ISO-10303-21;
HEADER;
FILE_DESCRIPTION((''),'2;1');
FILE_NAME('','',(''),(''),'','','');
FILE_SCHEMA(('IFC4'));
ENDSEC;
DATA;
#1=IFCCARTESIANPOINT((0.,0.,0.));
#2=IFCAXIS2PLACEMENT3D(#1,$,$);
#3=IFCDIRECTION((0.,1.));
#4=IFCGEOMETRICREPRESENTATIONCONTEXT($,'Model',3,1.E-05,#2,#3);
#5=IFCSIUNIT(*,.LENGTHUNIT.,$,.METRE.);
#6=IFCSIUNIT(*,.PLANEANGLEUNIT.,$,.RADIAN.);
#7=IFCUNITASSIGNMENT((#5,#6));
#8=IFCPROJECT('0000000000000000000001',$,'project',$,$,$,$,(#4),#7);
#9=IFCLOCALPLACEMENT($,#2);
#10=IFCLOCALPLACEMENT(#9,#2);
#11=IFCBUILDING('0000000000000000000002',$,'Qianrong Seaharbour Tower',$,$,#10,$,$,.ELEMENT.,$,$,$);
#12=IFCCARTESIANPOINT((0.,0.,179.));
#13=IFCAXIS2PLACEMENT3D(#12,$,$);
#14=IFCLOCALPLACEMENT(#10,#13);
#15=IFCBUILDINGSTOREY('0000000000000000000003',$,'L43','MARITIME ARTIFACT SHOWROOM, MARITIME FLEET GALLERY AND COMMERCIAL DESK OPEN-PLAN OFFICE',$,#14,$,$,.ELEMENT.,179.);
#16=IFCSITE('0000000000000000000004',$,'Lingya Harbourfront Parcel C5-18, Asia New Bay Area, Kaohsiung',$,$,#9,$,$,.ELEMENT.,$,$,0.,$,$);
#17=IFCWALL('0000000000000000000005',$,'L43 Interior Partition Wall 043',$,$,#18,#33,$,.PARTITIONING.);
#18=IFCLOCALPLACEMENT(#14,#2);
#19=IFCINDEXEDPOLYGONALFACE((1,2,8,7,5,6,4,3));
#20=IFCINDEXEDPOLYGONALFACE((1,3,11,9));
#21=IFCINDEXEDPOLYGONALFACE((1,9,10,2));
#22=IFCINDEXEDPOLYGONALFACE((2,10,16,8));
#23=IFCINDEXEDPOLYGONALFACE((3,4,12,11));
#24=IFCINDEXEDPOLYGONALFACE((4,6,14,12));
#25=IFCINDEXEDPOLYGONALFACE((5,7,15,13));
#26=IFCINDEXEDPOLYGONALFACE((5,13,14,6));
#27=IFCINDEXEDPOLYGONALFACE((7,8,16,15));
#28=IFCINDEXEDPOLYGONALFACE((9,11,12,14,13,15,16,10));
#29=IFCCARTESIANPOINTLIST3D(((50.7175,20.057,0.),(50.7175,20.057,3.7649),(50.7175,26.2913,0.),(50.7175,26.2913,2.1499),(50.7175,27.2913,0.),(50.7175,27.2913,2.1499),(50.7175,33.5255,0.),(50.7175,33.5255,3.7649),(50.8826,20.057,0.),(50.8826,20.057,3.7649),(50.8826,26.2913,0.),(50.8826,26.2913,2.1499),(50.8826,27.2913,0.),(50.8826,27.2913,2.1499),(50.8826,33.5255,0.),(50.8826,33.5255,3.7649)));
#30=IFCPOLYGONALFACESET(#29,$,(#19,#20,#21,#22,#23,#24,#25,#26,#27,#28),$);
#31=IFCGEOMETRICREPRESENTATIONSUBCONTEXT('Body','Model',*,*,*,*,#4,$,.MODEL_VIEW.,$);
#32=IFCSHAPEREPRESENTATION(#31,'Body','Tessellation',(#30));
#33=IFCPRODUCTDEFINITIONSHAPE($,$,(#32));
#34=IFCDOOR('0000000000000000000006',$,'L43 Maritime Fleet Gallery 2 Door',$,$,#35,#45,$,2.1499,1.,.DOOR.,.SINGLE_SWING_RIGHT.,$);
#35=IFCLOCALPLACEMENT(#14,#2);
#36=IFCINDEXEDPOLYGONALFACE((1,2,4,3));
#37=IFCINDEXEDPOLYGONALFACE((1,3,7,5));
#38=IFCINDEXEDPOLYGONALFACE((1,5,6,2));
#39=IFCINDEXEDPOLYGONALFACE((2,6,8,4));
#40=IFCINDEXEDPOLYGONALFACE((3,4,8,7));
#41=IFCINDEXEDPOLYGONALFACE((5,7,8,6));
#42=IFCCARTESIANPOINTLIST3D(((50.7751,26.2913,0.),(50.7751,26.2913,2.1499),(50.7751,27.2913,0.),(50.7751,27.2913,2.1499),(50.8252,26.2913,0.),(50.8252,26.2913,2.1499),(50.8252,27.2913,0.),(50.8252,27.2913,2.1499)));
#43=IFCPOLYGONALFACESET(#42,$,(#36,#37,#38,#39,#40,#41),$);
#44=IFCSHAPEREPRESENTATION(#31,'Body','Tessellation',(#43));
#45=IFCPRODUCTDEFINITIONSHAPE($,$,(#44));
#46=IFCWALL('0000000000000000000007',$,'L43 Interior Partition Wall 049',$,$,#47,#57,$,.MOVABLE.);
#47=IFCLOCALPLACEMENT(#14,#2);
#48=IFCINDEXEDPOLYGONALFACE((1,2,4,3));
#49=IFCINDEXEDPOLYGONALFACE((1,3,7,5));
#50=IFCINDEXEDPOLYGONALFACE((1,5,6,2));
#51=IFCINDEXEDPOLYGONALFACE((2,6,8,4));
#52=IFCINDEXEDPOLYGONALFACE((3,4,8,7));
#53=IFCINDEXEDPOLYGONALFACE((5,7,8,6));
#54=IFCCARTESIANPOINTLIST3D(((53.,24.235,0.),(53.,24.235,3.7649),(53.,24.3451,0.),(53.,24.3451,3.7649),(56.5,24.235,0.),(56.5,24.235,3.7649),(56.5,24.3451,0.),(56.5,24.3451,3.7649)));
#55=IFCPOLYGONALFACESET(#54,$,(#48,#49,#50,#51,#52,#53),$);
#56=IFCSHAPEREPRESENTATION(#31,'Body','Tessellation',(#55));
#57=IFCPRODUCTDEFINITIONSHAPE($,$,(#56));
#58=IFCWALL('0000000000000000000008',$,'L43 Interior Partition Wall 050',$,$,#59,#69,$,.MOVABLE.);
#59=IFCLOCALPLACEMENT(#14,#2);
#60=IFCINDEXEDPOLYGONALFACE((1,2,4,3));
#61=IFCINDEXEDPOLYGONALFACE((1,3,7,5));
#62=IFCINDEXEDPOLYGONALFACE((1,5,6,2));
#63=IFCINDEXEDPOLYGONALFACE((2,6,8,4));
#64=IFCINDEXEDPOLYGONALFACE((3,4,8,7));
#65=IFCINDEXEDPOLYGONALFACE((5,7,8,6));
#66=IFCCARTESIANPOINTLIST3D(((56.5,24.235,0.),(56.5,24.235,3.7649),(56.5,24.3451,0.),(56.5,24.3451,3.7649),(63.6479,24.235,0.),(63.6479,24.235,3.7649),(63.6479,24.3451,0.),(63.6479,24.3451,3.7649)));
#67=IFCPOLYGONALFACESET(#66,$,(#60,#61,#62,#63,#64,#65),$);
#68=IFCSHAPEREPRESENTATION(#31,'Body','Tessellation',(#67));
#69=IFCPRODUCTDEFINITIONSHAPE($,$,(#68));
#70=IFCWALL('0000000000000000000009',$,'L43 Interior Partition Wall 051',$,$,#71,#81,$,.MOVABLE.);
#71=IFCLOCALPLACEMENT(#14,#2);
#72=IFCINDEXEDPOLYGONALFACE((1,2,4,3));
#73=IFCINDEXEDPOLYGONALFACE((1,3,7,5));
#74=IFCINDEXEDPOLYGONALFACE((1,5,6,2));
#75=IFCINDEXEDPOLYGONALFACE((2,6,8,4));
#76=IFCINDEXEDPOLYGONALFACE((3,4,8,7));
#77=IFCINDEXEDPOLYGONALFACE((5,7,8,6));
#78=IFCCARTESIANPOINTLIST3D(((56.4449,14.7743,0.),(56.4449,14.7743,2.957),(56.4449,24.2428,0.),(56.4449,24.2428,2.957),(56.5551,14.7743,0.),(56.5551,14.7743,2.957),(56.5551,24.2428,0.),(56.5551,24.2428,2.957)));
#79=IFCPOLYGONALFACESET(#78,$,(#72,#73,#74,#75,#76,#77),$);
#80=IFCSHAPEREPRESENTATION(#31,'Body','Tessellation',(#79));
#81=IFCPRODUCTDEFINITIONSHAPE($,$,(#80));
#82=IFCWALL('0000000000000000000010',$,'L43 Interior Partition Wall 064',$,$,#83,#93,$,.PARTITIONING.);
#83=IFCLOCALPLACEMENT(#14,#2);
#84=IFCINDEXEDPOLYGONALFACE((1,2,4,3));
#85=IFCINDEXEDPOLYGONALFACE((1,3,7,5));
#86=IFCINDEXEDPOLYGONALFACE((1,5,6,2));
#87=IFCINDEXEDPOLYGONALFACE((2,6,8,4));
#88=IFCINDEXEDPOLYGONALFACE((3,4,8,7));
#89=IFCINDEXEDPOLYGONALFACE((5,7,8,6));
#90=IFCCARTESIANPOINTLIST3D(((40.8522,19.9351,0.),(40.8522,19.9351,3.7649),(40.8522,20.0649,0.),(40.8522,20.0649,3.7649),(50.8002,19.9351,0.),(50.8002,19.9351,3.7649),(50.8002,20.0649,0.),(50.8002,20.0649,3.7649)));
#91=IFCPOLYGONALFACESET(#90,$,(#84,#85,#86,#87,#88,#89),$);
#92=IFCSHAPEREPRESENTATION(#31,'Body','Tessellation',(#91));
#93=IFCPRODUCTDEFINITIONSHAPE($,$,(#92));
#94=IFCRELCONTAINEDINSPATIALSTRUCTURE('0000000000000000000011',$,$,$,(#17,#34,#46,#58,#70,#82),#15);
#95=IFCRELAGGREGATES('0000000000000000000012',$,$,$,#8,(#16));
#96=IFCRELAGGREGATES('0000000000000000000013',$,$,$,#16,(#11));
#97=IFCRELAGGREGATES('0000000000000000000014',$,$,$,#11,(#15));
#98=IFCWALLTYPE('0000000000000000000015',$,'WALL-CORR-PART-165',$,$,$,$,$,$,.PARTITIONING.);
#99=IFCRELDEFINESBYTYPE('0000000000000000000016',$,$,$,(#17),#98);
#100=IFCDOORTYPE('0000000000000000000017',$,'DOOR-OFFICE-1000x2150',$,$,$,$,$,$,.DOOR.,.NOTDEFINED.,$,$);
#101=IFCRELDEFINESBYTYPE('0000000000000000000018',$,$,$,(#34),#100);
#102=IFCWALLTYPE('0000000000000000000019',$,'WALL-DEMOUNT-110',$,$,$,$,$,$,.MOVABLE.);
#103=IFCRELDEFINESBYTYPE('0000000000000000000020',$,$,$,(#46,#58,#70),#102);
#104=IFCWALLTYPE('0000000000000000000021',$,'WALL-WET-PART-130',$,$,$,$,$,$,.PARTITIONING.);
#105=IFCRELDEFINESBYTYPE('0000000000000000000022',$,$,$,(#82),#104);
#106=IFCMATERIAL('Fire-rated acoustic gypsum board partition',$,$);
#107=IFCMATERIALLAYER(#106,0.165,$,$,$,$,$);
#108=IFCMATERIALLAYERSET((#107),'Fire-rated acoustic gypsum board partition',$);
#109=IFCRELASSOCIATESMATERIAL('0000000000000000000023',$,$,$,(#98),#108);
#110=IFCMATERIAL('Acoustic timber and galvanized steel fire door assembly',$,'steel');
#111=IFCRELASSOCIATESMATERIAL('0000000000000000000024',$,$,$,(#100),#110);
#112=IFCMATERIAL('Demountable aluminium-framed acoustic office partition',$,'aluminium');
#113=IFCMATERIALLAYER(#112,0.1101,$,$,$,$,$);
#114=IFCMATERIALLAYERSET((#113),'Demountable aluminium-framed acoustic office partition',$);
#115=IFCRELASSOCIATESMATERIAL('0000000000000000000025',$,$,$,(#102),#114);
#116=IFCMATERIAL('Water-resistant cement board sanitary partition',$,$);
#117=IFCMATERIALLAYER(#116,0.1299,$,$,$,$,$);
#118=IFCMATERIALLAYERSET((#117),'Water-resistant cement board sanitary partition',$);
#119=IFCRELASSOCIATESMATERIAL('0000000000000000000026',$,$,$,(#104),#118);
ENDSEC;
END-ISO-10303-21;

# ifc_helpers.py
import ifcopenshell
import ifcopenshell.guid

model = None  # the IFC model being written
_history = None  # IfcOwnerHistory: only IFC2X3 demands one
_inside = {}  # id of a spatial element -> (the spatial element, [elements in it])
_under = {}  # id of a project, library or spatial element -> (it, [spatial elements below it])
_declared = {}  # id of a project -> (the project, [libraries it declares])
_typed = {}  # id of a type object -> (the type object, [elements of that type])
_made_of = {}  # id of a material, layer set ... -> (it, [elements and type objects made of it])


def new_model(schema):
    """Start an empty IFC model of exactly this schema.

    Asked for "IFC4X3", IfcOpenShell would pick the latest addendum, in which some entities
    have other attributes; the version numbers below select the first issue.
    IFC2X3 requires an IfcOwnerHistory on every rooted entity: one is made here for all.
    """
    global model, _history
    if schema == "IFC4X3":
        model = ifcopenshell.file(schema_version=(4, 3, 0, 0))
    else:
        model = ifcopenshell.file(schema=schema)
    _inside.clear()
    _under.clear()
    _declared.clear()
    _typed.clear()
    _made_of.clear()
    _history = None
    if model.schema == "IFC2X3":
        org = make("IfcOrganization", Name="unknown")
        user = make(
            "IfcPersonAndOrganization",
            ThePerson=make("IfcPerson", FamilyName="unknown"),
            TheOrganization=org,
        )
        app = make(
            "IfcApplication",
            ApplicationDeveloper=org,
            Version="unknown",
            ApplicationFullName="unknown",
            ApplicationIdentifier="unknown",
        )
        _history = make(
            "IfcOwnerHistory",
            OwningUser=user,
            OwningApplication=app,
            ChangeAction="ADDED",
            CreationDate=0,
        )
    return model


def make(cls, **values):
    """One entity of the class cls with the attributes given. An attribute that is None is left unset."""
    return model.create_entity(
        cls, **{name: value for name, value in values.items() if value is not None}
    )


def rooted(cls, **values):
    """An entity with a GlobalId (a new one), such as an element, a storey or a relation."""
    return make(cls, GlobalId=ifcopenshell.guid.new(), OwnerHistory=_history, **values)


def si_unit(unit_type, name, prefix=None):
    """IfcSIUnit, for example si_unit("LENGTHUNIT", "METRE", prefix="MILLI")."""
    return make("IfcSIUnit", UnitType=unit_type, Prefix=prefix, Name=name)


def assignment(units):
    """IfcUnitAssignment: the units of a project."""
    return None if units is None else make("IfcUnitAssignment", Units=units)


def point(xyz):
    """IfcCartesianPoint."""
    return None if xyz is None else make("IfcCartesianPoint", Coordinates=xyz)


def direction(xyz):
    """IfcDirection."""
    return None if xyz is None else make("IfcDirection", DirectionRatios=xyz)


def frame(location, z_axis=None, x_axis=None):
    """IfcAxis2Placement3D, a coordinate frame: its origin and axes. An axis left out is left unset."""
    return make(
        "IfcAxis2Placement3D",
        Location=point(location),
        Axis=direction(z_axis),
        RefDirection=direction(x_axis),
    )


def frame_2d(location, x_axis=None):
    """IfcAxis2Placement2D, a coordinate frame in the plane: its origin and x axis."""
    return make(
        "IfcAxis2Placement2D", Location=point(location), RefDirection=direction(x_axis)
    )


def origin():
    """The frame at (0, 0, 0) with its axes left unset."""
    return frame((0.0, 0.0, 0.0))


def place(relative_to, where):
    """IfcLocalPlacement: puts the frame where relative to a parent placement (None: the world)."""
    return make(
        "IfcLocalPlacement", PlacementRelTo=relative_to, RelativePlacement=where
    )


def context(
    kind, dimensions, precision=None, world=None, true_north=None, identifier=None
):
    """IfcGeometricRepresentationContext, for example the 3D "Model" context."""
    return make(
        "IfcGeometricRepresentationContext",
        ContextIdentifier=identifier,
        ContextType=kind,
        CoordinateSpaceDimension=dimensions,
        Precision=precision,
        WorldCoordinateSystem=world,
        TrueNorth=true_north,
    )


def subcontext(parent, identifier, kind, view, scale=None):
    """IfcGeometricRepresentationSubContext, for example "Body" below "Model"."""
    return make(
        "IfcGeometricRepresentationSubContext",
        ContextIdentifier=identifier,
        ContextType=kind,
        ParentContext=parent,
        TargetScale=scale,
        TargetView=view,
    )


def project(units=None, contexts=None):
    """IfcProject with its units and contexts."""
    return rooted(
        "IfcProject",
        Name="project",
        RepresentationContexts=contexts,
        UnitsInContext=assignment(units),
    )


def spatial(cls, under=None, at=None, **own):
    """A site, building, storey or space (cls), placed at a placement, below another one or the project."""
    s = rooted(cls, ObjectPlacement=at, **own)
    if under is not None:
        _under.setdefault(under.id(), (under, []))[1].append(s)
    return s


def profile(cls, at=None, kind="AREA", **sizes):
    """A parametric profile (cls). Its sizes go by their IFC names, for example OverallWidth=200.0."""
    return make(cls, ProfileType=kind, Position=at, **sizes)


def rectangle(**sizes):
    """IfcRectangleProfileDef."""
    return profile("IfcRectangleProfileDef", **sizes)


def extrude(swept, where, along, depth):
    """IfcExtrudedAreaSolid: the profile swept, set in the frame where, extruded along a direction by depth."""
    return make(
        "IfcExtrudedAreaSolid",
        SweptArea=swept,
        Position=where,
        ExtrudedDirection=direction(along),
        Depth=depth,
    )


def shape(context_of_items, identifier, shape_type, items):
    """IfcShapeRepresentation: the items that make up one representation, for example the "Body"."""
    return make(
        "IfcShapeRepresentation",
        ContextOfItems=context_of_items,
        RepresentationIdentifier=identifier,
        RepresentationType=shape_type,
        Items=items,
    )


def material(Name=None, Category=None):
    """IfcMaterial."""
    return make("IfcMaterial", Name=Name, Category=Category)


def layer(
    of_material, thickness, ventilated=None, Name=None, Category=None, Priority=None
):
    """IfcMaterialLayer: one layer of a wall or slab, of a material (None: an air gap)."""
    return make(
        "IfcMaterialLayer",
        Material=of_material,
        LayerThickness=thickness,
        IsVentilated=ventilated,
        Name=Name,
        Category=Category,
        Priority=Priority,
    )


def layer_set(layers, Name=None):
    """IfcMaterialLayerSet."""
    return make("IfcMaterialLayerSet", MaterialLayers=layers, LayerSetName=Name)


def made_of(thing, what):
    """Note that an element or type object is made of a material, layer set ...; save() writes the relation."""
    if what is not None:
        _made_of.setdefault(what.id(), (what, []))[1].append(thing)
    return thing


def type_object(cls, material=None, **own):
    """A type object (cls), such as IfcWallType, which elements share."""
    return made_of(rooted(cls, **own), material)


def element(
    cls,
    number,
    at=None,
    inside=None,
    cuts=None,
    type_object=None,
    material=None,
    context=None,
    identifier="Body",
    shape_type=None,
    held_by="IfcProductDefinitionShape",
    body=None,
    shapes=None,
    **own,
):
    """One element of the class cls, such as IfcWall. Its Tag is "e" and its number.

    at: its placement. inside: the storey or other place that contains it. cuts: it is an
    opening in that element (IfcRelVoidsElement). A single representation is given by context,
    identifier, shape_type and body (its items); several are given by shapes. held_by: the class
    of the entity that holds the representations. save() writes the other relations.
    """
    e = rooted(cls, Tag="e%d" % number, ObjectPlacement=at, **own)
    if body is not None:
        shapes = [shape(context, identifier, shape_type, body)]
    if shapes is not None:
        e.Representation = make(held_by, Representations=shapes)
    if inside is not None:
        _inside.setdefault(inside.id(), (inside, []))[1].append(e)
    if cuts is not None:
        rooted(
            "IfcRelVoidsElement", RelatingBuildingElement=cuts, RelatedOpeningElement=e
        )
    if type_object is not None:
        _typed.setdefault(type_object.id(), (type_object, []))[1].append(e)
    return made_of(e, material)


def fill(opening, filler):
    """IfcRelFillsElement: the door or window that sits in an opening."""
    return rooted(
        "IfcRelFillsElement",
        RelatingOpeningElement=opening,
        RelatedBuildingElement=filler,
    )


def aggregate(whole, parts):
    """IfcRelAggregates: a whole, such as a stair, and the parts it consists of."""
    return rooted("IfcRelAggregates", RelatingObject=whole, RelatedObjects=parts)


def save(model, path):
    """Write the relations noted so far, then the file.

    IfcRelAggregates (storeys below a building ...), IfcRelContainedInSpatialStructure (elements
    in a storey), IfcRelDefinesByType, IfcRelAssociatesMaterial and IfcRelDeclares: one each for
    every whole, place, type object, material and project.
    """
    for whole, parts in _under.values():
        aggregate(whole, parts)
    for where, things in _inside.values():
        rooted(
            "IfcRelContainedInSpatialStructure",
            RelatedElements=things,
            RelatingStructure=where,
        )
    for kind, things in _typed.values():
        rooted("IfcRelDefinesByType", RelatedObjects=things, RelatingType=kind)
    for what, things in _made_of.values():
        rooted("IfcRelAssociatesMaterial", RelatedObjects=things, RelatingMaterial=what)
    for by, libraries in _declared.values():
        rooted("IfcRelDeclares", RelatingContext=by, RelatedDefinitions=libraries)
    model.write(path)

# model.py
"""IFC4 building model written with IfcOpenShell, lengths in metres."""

from ifc_helpers import new_model, si_unit, direction, frame, frame_2d, origin, place, context, subcontext, project, spatial, rectangle, extrude, material, layer, layer_set, type_object, element, fill, save


model = new_model("IFC4")

# Units and contexts
model_context = context("Model", 3, precision=1e-05, world=origin(), true_north=direction((0.0, 1.0)))
body_context = subcontext(model_context, "Body", "Model", "MODEL_VIEW")
ifc_project = project(units=[si_unit("LENGTHUNIT", "METRE"), si_unit("PLANEANGLEUNIT", "RADIAN")], contexts=[model_context])

# Site, building, storey
site_placement = place(None, origin())
site = spatial("IfcSite", under=ifc_project, at=site_placement, Name="Lingya Harbourfront Parcel C5-18, Asia New Bay Area, Kaohsiung", CompositionType="ELEMENT", RefElevation=0.0)
building_placement = place(site_placement, origin())
building = spatial("IfcBuilding", under=site, at=building_placement, Name="Qianrong Seaharbour Tower", CompositionType="ELEMENT")
storey_placement = place(building_placement, frame((0.0, 0.0, 179.0)))
storey = spatial("IfcBuildingStorey", under=building, at=storey_placement, Name="L43", Description="MARITIME ARTIFACT SHOWROOM, MARITIME FLEET GALLERY AND COMMERCIAL DESK OPEN-PLAN OFFICE", CompositionType="ELEMENT", Elevation=179.0)

# Shared definitions
ifc_material_1 = material(Name="Fire-rated acoustic gypsum board partition")
ifc_layer_1 = layer(ifc_material_1, 0.165)
ifc_layer_set_1 = layer_set([ifc_layer_1], Name="Fire-rated acoustic gypsum board partition")
wall_type_1 = type_object("IfcWallType", Name="WALL-CORR-PART-165", PredefinedType="PARTITIONING", material=ifc_layer_set_1)

# Wall, opening, door
ifc_material_2 = material(Name="Acoustic timber and galvanized steel fire door assembly", Category="steel")
door_type = type_object("IfcDoorType", Name="DOOR-OFFICE-1000x2150", OperationType="NOTDEFINED", PredefinedType="DOOR", material=ifc_material_2)
wall_1_placement = place(storey_placement, frame((50.8, 20.0569, 0.0), z_axis=(0.0, 0.0, 1.0), x_axis=(0.0, 1.0, 0.0)))
wall_1 = element("IfcWall", 1, at=wall_1_placement, inside=storey, type_object=wall_type_1, Name="L43 Interior Partition Wall 043", PredefinedType="PARTITIONING", context=body_context, shape_type="SweptSolid", body=[
    extrude(rectangle(XDim=13.4685, YDim=0.165, at=frame_2d((6.7344, 0.0))), origin(), (0.0, 0.0, 1.0), 3.7649),
])
opening_1_placement = place(wall_1_placement, frame((6.2344, 0.0, 0.0)))
opening_1 = element("IfcOpeningElement", 2, at=opening_1_placement, cuts=wall_1, PredefinedType="OPENING", context=body_context, shape_type="SweptSolid", body=[
    extrude(rectangle(XDim=1.0, YDim=2.1499, at=frame_2d((0.5, 1.075))), frame((0.0, 0.0925, 0.0), z_axis=(0.0, -1.0, 0.0), x_axis=(1.0, 0.0, 0.0)), (0.0, 0.0, 1.0), 0.1851),
])
door_1_placement = place(opening_1_placement, origin())
door_1 = element("IfcDoor", 3, at=door_1_placement, inside=storey, type_object=door_type, Name="L43 Maritime Fleet Gallery 2 Door", OperationType="SINGLE_SWING_RIGHT", OverallHeight=2.1499, OverallWidth=1.0, PredefinedType="DOOR", context=body_context, shape_type="SweptSolid", body=[
    extrude(rectangle(XDim=1.0, YDim=2.1499, at=frame_2d((0.5, 1.075))), frame((0.0, 0.0249, 0.0), z_axis=(0.0, -1.0, 0.0), x_axis=(1.0, 0.0, 0.0)), (0.0, 0.0, 1.0), 0.05),
])
fill(opening_1, door_1)

# Walls
ifc_material_3 = material(Name="Demountable aluminium-framed acoustic office partition", Category="aluminium")
ifc_layer_2 = layer(ifc_material_3, 0.1101)
ifc_layer_set_2 = layer_set([ifc_layer_2], Name="Demountable aluminium-framed acoustic office partition")
wall_type_2 = type_object("IfcWallType", Name="WALL-DEMOUNT-110", PredefinedType="MOVABLE", material=ifc_layer_set_2)
wall_2_placement = place(storey_placement, frame((56.5, 24.29, 0.0), z_axis=(0.0, 0.0, 1.0), x_axis=(-1.0, 0.0, 0.0)))
element("IfcWall", 4, at=wall_2_placement, inside=storey, type_object=wall_type_2, Name="L43 Interior Partition Wall 049", PredefinedType="MOVABLE", context=body_context, shape_type="SweptSolid", body=[
    extrude(rectangle(XDim=3.5, YDim=0.1101, at=frame_2d((1.75, 0.0))), origin(), (0.0, 0.0, 1.0), 3.7649),
])
wall_3_placement = place(storey_placement, frame((63.6479, 24.29, 0.0), z_axis=(0.0, 0.0, 1.0), x_axis=(-1.0, 0.0, 0.0)))
element("IfcWall", 5, at=wall_3_placement, inside=storey, type_object=wall_type_2, Name="L43 Interior Partition Wall 050", PredefinedType="MOVABLE", context=body_context, shape_type="SweptSolid", body=[
    extrude(rectangle(XDim=7.1479, YDim=0.1101, at=frame_2d((3.574, 0.0))), origin(), (0.0, 0.0, 1.0), 3.7649),
])
wall_4_placement = place(storey_placement, frame((56.5, 24.2429, 0.0), z_axis=(0.0, 0.0, 1.0), x_axis=(0.0, -1.0, 0.0)))
element("IfcWall", 6, at=wall_4_placement, inside=storey, type_object=wall_type_2, Name="L43 Interior Partition Wall 051", PredefinedType="MOVABLE", context=body_context, shape_type="SweptSolid", body=[
    extrude(rectangle(XDim=9.4685, YDim=0.1101, at=frame_2d((4.7344, 0.0))), origin(), (0.0, 0.0, 1.0), 2.957),
])
ifc_material_4 = material(Name="Water-resistant cement board sanitary partition")
ifc_layer_3 = layer(ifc_material_4, 0.1299)
ifc_layer_set_3 = layer_set([ifc_layer_3], Name="Water-resistant cement board sanitary partition")
wall_type_3 = type_object("IfcWallType", Name="WALL-WET-PART-130", PredefinedType="PARTITIONING", material=ifc_layer_set_3)
wall_5_placement = place(storey_placement, frame((40.8521, 20.0, 0.0), z_axis=(0.0, 0.0, 1.0), x_axis=(1.0, 0.0, 0.0)))
element("IfcWall", 7, at=wall_5_placement, inside=storey, type_object=wall_type_3, Name="L43 Interior Partition Wall 064", PredefinedType="PARTITIONING", context=body_context, shape_type="SweptSolid", body=[
    extrude(rectangle(XDim=9.948, YDim=0.1299, at=frame_2d((4.9741, 0.0))), origin(), (0.0, 0.0, 1.0), 3.7649),
])

save(model, "model.ifc")
